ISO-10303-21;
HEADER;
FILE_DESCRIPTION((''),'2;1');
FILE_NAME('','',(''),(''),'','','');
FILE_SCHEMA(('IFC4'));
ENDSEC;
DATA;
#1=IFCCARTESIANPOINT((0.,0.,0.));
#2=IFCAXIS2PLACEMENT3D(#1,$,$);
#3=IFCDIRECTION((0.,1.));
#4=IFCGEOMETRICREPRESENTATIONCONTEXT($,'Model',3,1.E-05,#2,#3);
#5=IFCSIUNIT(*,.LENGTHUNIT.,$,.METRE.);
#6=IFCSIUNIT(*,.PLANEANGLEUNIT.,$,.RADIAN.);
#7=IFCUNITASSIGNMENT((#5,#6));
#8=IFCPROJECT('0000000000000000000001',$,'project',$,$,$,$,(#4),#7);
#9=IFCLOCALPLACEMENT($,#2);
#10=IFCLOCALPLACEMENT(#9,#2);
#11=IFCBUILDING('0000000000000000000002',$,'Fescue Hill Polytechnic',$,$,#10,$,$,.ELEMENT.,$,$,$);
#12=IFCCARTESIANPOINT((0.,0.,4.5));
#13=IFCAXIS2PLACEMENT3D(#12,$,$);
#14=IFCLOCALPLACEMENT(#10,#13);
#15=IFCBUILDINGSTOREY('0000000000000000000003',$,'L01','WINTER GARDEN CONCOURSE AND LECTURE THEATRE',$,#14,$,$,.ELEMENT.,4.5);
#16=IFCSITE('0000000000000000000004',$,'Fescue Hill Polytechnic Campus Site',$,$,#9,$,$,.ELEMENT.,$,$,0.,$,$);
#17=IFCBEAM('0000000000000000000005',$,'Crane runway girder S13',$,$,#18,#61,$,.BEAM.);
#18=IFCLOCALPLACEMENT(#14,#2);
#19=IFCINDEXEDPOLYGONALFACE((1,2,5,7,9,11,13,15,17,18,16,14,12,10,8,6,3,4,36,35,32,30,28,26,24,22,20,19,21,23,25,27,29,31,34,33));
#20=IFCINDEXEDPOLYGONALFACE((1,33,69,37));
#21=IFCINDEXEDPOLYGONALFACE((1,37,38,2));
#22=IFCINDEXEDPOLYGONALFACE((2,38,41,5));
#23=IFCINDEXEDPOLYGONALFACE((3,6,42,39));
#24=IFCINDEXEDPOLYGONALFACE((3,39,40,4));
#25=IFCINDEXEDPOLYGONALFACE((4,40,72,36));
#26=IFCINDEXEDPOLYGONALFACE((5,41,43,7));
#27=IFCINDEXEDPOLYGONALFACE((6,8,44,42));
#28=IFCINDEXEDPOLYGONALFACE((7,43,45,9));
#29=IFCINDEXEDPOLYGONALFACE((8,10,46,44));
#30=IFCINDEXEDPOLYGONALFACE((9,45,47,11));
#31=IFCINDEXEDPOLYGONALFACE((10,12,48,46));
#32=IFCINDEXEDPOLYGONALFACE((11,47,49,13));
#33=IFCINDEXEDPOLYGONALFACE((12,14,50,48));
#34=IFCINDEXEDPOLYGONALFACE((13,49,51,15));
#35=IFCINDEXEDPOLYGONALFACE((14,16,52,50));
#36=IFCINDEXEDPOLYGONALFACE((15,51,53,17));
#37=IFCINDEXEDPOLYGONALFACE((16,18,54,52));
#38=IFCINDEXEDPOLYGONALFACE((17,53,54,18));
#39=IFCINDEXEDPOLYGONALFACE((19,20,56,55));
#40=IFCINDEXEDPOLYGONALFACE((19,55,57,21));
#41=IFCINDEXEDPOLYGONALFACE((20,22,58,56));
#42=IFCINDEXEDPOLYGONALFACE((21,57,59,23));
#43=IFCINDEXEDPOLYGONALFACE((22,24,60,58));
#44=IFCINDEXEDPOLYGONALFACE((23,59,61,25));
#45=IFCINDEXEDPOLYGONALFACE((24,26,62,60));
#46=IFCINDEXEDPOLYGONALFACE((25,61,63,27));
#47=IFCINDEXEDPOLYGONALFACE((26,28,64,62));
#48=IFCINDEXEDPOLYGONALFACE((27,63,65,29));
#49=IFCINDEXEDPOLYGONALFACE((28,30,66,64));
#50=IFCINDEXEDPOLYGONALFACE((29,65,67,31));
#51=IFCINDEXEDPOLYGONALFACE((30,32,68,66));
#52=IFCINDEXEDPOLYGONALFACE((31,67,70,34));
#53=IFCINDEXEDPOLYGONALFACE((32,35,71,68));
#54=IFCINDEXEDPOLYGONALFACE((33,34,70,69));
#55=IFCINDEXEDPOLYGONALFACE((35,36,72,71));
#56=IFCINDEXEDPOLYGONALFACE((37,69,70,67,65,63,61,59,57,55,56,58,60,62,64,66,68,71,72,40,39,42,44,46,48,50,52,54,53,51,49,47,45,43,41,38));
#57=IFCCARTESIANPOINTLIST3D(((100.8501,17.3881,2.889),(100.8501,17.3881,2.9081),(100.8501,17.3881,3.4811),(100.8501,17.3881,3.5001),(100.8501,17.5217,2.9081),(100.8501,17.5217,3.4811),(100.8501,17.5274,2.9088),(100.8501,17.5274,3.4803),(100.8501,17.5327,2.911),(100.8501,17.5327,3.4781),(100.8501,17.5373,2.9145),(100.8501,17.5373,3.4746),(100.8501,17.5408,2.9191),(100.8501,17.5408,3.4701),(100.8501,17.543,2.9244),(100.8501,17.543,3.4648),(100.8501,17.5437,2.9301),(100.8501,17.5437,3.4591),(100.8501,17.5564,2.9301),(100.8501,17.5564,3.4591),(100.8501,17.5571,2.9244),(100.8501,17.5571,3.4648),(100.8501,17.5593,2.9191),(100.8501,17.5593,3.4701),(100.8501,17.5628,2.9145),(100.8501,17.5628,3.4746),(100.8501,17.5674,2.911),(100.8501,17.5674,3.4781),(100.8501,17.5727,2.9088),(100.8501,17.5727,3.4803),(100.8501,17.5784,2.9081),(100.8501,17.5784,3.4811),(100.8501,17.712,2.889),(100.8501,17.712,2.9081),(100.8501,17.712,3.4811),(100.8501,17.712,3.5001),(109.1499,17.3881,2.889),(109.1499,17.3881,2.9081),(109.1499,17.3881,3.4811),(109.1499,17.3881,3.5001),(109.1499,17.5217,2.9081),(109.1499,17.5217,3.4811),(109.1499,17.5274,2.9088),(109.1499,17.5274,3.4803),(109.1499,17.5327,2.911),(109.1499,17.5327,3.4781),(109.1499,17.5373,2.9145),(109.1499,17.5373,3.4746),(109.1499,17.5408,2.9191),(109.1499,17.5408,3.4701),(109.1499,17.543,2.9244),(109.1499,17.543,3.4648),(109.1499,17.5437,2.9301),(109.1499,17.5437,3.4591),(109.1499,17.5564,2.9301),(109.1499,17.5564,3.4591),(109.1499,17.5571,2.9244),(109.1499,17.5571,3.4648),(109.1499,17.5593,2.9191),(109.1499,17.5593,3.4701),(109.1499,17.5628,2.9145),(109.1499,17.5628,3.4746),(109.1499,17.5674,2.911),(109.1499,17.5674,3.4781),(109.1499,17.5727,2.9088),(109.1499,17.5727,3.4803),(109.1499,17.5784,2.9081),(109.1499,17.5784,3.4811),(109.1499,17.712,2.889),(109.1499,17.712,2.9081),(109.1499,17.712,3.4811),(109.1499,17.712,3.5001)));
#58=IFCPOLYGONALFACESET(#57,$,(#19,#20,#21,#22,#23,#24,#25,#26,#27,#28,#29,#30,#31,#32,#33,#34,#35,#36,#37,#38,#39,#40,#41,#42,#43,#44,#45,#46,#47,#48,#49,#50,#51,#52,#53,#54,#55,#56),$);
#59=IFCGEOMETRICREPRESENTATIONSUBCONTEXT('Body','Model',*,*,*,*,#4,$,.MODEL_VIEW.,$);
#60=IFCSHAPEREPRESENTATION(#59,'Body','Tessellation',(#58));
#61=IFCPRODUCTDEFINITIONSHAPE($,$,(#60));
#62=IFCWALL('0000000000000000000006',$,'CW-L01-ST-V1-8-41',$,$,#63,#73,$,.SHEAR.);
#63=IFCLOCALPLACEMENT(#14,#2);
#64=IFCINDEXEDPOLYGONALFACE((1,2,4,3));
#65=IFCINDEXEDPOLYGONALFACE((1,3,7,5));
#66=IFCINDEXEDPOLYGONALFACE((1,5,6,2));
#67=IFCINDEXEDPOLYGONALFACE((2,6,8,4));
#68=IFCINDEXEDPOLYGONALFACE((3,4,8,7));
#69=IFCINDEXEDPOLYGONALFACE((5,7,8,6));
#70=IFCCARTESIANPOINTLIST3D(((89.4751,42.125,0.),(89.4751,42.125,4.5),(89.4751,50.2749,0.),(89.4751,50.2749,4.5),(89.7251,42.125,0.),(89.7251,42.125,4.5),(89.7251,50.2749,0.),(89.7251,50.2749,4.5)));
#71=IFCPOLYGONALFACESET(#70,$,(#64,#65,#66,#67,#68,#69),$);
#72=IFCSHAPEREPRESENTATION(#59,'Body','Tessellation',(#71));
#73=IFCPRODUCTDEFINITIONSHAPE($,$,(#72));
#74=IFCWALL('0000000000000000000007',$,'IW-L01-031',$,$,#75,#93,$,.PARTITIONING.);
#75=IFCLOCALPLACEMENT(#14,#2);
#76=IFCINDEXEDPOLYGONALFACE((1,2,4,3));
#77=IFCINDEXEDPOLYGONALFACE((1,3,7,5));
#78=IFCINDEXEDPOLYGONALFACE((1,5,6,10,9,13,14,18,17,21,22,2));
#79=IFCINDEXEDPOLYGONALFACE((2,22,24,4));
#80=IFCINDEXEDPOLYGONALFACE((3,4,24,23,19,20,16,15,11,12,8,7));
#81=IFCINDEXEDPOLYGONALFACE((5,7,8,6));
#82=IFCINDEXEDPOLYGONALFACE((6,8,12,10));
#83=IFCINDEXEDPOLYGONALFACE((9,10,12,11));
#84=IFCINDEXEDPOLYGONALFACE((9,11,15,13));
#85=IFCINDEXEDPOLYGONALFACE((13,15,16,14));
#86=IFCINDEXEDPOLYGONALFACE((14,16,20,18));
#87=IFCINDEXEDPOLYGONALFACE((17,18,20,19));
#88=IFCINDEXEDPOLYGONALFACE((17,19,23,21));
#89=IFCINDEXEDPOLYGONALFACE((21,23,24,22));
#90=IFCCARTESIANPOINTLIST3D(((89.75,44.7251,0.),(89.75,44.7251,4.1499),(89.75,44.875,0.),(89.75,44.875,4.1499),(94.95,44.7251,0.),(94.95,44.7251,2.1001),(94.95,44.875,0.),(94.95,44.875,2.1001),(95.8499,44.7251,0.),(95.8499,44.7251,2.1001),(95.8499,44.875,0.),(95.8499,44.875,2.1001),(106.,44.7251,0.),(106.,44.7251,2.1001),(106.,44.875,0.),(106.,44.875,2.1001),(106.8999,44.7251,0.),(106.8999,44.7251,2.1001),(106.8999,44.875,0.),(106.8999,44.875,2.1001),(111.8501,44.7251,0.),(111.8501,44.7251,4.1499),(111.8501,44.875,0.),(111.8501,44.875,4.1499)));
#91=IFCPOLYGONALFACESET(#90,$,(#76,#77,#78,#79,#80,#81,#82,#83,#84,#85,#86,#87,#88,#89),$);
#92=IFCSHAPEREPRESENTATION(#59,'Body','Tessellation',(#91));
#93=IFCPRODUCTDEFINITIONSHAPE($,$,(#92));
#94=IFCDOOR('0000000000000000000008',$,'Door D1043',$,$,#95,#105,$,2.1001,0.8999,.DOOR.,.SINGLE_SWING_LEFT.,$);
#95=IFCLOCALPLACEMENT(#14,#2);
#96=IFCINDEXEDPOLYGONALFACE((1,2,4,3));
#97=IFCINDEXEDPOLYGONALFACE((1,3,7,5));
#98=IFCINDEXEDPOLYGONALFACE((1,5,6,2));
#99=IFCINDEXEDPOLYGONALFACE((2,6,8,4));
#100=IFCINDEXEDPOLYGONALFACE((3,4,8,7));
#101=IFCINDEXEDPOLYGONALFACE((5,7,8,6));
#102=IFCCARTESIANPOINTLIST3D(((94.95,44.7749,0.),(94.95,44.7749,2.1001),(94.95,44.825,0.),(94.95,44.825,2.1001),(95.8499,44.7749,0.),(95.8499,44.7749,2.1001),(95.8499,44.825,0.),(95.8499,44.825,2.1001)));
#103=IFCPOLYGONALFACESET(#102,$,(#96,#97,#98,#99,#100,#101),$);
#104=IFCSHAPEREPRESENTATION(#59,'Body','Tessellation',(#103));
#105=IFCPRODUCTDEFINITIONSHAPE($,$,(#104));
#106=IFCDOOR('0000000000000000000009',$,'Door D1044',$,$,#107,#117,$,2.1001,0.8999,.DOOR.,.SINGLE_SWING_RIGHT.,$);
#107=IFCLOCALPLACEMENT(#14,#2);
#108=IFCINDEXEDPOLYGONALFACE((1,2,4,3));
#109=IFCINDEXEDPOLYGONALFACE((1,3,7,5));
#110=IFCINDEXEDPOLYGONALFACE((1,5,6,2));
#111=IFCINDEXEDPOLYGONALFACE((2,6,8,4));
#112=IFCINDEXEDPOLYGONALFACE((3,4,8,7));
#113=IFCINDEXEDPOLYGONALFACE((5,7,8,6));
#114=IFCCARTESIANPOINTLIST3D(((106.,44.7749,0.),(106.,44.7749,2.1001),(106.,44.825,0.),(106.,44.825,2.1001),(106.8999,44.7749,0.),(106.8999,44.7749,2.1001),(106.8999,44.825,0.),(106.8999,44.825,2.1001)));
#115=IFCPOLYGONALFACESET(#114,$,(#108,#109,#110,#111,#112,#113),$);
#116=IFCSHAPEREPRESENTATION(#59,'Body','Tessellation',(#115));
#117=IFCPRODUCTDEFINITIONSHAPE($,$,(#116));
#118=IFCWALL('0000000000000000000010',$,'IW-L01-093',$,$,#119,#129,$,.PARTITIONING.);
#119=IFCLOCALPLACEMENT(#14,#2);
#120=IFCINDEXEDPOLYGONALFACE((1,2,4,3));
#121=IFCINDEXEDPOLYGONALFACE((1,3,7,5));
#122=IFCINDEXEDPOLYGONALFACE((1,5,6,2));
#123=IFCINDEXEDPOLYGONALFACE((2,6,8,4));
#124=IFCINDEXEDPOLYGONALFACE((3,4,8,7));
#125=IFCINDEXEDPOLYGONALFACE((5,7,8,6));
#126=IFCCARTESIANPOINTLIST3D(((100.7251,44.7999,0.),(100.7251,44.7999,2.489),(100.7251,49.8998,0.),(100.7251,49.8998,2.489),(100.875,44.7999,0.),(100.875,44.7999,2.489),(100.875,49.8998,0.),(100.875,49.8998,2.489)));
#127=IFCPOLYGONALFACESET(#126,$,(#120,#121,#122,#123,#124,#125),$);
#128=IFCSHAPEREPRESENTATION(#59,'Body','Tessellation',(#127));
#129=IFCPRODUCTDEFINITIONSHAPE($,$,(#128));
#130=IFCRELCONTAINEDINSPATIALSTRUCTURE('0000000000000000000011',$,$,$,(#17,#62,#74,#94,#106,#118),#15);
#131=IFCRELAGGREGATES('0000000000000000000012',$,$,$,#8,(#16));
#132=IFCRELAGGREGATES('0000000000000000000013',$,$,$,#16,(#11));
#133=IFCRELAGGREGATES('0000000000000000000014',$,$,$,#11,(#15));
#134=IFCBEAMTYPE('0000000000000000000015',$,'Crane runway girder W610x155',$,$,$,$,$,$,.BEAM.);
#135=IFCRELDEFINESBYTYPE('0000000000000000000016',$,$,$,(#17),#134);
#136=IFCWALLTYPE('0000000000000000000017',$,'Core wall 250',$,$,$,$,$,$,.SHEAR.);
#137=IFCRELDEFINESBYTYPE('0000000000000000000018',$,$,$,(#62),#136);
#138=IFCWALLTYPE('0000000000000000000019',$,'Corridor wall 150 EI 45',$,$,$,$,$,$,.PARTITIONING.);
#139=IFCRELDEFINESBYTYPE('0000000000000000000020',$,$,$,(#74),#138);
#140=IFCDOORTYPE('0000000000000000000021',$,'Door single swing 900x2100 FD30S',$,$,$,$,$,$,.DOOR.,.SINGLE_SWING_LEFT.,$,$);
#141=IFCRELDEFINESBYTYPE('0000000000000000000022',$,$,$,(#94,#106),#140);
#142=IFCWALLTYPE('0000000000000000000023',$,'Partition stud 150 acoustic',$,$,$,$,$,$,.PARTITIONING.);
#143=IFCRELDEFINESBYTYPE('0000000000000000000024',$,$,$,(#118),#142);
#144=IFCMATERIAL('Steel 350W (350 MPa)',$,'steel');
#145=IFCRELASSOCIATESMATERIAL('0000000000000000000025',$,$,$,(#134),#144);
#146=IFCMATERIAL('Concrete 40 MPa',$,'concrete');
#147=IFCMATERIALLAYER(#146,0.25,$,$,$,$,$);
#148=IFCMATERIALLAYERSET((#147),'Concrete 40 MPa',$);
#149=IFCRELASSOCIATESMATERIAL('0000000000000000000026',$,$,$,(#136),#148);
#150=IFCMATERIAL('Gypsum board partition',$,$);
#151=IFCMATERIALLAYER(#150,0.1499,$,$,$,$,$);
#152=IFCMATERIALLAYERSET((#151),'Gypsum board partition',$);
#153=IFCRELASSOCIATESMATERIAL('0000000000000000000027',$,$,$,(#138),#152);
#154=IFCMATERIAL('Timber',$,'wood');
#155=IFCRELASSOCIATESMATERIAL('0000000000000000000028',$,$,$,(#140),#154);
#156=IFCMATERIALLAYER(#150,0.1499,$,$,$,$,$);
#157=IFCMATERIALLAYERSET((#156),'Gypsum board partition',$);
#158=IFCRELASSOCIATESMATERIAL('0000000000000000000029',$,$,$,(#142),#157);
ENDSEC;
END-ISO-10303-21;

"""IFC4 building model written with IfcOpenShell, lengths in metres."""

from ifc_helpers import new_model, si_unit, direction, frame, frame_2d, origin, origin_2d, place, context, subcontext, project, spatial, rectangle, i_section, extrude, material, layer, layer_set, material_profile, profile_set, type_object, element, fill, save


model = new_model("IFC4")

# Units and contexts
model_context = context("Model", 3, precision=1e-05, world=origin(), true_north=direction((0.0, 1.0)))
body_context = subcontext(model_context, "Body", "Model", "MODEL_VIEW")
ifc_project = project(units=[si_unit("LENGTHUNIT", "METRE"), si_unit("PLANEANGLEUNIT", "RADIAN")], contexts=[model_context])

# Site, building, storey
site_placement = place(None, origin())
site = spatial("IfcSite", under=ifc_project, at=site_placement, Name="Fescue Hill Polytechnic Campus Site", CompositionType="ELEMENT", RefElevation=0.0)
building_placement = place(site_placement, origin())
building = spatial("IfcBuilding", under=site, at=building_placement, Name="Fescue Hill Polytechnic", CompositionType="ELEMENT")
storey_placement = place(building_placement, frame((0.0, 0.0, 4.5)))
storey = spatial("IfcBuildingStorey", under=building, at=storey_placement, Name="L01", Description="WINTER GARDEN CONCOURSE AND LECTURE THEATRE", CompositionType="ELEMENT", Elevation=4.5)

# Shared definitions
ifc_material_1 = material(Name="Concrete 40 MPa", Category="concrete")

# Beam
ifc_material_2 = material(Name="Steel 350W (350 MPa)", Category="steel")
ifc_material_profile_1 = material_profile(ifc_material_2, i_section(OverallWidth=0.324, OverallDepth=0.6111, WebThickness=0.0127, FlangeThickness=0.019, FilletRadius=0.022, at=origin_2d()), Name="W610x155")
ifc_profile_set_1 = profile_set([ifc_material_profile_1], Name="Steel 350W (350 MPa)")
beam_type_1 = type_object("IfcBeamType", Name="Crane runway girder W610x155", PredefinedType="BEAM", material=ifc_profile_set_1)
beam_1_placement = place(storey_placement, frame((100.8501, 17.55, 3.1946), z_axis=(1.0, 0.0, 0.0), x_axis=(0.0, 1.0, 0.0)))
element("IfcBeam", 1, at=beam_1_placement, inside=storey, type_object=beam_type_1, Name="Crane runway girder S13", PredefinedType="BEAM", context=body_context, shape_type="SweptSolid", body=[
    extrude(i_section(OverallWidth=0.324, OverallDepth=0.6111, WebThickness=0.0127, FlangeThickness=0.019, FilletRadius=0.022, at=origin_2d()), origin(), (0.0, 0.0, 1.0), 8.2998),
])

# Wall
ifc_layer_1 = layer(ifc_material_1, 0.25)
ifc_layer_set_1 = layer_set([ifc_layer_1], Name="Concrete 40 MPa")
wall_type_1 = type_object("IfcWallType", Name="Core wall 250", PredefinedType="SHEAR", material=ifc_layer_set_1)
wall_1_placement = place(storey_placement, frame((89.6001, 42.125, 0.0), z_axis=(0.0, 0.0, 1.0), x_axis=(0.0, 1.0, 0.0)))
element("IfcWall", 2, at=wall_1_placement, inside=storey, type_object=wall_type_1, Name="CW-L01-ST-V1-8-41", PredefinedType="SHEAR", context=body_context, shape_type="SweptSolid", body=[
    extrude(rectangle(XDim=8.1499, YDim=0.25, at=frame_2d((4.075, 0.0))), origin(), (0.0, 0.0, 1.0), 4.5),
])

# Wall, openings, doors
ifc_material_3 = material(Name="Gypsum board partition")
ifc_layer_2 = layer(ifc_material_3, 0.1499)
ifc_layer_set_2 = layer_set([ifc_layer_2], Name="Gypsum board partition")
wall_type_2 = type_object("IfcWallType", Name="Corridor wall 150 EI 45", PredefinedType="PARTITIONING", material=ifc_layer_set_2)
wall_2_placement = place(storey_placement, frame((89.75, 44.8, 0.0), z_axis=(0.0, 0.0, 1.0), x_axis=(1.0, 0.0, 0.0)))
wall_2 = element("IfcWall", 3, at=wall_2_placement, inside=storey, type_object=wall_type_2, Name="IW-L01-031", PredefinedType="PARTITIONING", context=body_context, shape_type="SweptSolid", body=[
    extrude(rectangle(XDim=22.1001, YDim=0.1499, at=frame_2d((11.05, 0.0))), origin(), (0.0, 0.0, 1.0), 4.1499),
])
opening_1_placement = place(wall_2_placement, frame((5.2, 0.0, 0.0)))
opening_1 = element("IfcOpeningElement", 4, at=opening_1_placement, cuts=wall_2, PredefinedType="OPENING", context=body_context, shape_type="SweptSolid", body=[
    extrude(rectangle(XDim=0.8999, YDim=2.1001, at=frame_2d((0.45, 1.05))), frame((0.0, 0.085, 0.0), z_axis=(0.0, -1.0, 0.0), x_axis=(1.0, 0.0, 0.0)), (0.0, 0.0, 1.0), 0.1699),
])
opening_2_placement = place(wall_2_placement, frame((16.25, 0.0, 0.0)))
opening_2 = element("IfcOpeningElement", 5, at=opening_2_placement, cuts=wall_2, PredefinedType="OPENING", context=body_context, shape_type="SweptSolid", body=[
    extrude(rectangle(XDim=0.8999, YDim=2.1001, at=frame_2d((0.45, 1.05))), frame((0.0, 0.085, 0.0), z_axis=(0.0, -1.0, 0.0), x_axis=(1.0, 0.0, 0.0)), (0.0, 0.0, 1.0), 0.1699),
])
ifc_material_4 = material(Name="Timber", Category="wood")
door_type = type_object("IfcDoorType", Name="Door single swing 900x2100 FD30S", OperationType="SINGLE_SWING_LEFT", PredefinedType="DOOR", material=ifc_material_4)
door_1_placement = place(opening_1_placement, origin())
door_1 = element("IfcDoor", 6, at=door_1_placement, inside=storey, type_object=door_type, Name="Door D1043", OperationType="SINGLE_SWING_LEFT", OverallHeight=2.1001, OverallWidth=0.8999, PredefinedType="DOOR", context=body_context, shape_type="SweptSolid", body=[
    extrude(rectangle(XDim=0.8999, YDim=2.1001, at=frame_2d((0.45, 1.05))), frame((0.0, 0.0249, 0.0), z_axis=(0.0, -1.0, 0.0), x_axis=(1.0, 0.0, 0.0)), (0.0, 0.0, 1.0), 0.05),
])
fill(opening_1, door_1)
door_2_placement = place(opening_2_placement, origin())
door_2 = element("IfcDoor", 7, at=door_2_placement, inside=storey, type_object=door_type, Name="Door D1044", OperationType="SINGLE_SWING_RIGHT", OverallHeight=2.1001, OverallWidth=0.8999, PredefinedType="DOOR", context=body_context, shape_type="SweptSolid", body=[
    extrude(rectangle(XDim=0.8999, YDim=2.1001, at=frame_2d((0.45, 1.05))), frame((0.0, 0.0249, 0.0), z_axis=(0.0, -1.0, 0.0), x_axis=(1.0, 0.0, 0.0)), (0.0, 0.0, 1.0), 0.05),
])
fill(opening_2, door_2)

# Wall
ifc_layer_3 = layer(ifc_material_3, 0.1499)
ifc_layer_set_3 = layer_set([ifc_layer_3], Name="Gypsum board partition")
wall_type_3 = type_object("IfcWallType", Name="Partition stud 150 acoustic", PredefinedType="PARTITIONING", material=ifc_layer_set_3)
wall_3_placement = place(storey_placement, frame((100.8, 44.8, 0.0), z_axis=(0.0, 0.0, 1.0), x_axis=(0.0, 1.0, 0.0)))
element("IfcWall", 8, at=wall_3_placement, inside=storey, type_object=wall_type_3, Name="IW-L01-093", PredefinedType="PARTITIONING", context=body_context, shape_type="SweptSolid", body=[
    extrude(rectangle(XDim=5.0999, YDim=0.1499, at=frame_2d((2.5498, 0.0))), origin(), (0.0, 0.0, 1.0), 2.489),
])

save(model, "model.ifc")
